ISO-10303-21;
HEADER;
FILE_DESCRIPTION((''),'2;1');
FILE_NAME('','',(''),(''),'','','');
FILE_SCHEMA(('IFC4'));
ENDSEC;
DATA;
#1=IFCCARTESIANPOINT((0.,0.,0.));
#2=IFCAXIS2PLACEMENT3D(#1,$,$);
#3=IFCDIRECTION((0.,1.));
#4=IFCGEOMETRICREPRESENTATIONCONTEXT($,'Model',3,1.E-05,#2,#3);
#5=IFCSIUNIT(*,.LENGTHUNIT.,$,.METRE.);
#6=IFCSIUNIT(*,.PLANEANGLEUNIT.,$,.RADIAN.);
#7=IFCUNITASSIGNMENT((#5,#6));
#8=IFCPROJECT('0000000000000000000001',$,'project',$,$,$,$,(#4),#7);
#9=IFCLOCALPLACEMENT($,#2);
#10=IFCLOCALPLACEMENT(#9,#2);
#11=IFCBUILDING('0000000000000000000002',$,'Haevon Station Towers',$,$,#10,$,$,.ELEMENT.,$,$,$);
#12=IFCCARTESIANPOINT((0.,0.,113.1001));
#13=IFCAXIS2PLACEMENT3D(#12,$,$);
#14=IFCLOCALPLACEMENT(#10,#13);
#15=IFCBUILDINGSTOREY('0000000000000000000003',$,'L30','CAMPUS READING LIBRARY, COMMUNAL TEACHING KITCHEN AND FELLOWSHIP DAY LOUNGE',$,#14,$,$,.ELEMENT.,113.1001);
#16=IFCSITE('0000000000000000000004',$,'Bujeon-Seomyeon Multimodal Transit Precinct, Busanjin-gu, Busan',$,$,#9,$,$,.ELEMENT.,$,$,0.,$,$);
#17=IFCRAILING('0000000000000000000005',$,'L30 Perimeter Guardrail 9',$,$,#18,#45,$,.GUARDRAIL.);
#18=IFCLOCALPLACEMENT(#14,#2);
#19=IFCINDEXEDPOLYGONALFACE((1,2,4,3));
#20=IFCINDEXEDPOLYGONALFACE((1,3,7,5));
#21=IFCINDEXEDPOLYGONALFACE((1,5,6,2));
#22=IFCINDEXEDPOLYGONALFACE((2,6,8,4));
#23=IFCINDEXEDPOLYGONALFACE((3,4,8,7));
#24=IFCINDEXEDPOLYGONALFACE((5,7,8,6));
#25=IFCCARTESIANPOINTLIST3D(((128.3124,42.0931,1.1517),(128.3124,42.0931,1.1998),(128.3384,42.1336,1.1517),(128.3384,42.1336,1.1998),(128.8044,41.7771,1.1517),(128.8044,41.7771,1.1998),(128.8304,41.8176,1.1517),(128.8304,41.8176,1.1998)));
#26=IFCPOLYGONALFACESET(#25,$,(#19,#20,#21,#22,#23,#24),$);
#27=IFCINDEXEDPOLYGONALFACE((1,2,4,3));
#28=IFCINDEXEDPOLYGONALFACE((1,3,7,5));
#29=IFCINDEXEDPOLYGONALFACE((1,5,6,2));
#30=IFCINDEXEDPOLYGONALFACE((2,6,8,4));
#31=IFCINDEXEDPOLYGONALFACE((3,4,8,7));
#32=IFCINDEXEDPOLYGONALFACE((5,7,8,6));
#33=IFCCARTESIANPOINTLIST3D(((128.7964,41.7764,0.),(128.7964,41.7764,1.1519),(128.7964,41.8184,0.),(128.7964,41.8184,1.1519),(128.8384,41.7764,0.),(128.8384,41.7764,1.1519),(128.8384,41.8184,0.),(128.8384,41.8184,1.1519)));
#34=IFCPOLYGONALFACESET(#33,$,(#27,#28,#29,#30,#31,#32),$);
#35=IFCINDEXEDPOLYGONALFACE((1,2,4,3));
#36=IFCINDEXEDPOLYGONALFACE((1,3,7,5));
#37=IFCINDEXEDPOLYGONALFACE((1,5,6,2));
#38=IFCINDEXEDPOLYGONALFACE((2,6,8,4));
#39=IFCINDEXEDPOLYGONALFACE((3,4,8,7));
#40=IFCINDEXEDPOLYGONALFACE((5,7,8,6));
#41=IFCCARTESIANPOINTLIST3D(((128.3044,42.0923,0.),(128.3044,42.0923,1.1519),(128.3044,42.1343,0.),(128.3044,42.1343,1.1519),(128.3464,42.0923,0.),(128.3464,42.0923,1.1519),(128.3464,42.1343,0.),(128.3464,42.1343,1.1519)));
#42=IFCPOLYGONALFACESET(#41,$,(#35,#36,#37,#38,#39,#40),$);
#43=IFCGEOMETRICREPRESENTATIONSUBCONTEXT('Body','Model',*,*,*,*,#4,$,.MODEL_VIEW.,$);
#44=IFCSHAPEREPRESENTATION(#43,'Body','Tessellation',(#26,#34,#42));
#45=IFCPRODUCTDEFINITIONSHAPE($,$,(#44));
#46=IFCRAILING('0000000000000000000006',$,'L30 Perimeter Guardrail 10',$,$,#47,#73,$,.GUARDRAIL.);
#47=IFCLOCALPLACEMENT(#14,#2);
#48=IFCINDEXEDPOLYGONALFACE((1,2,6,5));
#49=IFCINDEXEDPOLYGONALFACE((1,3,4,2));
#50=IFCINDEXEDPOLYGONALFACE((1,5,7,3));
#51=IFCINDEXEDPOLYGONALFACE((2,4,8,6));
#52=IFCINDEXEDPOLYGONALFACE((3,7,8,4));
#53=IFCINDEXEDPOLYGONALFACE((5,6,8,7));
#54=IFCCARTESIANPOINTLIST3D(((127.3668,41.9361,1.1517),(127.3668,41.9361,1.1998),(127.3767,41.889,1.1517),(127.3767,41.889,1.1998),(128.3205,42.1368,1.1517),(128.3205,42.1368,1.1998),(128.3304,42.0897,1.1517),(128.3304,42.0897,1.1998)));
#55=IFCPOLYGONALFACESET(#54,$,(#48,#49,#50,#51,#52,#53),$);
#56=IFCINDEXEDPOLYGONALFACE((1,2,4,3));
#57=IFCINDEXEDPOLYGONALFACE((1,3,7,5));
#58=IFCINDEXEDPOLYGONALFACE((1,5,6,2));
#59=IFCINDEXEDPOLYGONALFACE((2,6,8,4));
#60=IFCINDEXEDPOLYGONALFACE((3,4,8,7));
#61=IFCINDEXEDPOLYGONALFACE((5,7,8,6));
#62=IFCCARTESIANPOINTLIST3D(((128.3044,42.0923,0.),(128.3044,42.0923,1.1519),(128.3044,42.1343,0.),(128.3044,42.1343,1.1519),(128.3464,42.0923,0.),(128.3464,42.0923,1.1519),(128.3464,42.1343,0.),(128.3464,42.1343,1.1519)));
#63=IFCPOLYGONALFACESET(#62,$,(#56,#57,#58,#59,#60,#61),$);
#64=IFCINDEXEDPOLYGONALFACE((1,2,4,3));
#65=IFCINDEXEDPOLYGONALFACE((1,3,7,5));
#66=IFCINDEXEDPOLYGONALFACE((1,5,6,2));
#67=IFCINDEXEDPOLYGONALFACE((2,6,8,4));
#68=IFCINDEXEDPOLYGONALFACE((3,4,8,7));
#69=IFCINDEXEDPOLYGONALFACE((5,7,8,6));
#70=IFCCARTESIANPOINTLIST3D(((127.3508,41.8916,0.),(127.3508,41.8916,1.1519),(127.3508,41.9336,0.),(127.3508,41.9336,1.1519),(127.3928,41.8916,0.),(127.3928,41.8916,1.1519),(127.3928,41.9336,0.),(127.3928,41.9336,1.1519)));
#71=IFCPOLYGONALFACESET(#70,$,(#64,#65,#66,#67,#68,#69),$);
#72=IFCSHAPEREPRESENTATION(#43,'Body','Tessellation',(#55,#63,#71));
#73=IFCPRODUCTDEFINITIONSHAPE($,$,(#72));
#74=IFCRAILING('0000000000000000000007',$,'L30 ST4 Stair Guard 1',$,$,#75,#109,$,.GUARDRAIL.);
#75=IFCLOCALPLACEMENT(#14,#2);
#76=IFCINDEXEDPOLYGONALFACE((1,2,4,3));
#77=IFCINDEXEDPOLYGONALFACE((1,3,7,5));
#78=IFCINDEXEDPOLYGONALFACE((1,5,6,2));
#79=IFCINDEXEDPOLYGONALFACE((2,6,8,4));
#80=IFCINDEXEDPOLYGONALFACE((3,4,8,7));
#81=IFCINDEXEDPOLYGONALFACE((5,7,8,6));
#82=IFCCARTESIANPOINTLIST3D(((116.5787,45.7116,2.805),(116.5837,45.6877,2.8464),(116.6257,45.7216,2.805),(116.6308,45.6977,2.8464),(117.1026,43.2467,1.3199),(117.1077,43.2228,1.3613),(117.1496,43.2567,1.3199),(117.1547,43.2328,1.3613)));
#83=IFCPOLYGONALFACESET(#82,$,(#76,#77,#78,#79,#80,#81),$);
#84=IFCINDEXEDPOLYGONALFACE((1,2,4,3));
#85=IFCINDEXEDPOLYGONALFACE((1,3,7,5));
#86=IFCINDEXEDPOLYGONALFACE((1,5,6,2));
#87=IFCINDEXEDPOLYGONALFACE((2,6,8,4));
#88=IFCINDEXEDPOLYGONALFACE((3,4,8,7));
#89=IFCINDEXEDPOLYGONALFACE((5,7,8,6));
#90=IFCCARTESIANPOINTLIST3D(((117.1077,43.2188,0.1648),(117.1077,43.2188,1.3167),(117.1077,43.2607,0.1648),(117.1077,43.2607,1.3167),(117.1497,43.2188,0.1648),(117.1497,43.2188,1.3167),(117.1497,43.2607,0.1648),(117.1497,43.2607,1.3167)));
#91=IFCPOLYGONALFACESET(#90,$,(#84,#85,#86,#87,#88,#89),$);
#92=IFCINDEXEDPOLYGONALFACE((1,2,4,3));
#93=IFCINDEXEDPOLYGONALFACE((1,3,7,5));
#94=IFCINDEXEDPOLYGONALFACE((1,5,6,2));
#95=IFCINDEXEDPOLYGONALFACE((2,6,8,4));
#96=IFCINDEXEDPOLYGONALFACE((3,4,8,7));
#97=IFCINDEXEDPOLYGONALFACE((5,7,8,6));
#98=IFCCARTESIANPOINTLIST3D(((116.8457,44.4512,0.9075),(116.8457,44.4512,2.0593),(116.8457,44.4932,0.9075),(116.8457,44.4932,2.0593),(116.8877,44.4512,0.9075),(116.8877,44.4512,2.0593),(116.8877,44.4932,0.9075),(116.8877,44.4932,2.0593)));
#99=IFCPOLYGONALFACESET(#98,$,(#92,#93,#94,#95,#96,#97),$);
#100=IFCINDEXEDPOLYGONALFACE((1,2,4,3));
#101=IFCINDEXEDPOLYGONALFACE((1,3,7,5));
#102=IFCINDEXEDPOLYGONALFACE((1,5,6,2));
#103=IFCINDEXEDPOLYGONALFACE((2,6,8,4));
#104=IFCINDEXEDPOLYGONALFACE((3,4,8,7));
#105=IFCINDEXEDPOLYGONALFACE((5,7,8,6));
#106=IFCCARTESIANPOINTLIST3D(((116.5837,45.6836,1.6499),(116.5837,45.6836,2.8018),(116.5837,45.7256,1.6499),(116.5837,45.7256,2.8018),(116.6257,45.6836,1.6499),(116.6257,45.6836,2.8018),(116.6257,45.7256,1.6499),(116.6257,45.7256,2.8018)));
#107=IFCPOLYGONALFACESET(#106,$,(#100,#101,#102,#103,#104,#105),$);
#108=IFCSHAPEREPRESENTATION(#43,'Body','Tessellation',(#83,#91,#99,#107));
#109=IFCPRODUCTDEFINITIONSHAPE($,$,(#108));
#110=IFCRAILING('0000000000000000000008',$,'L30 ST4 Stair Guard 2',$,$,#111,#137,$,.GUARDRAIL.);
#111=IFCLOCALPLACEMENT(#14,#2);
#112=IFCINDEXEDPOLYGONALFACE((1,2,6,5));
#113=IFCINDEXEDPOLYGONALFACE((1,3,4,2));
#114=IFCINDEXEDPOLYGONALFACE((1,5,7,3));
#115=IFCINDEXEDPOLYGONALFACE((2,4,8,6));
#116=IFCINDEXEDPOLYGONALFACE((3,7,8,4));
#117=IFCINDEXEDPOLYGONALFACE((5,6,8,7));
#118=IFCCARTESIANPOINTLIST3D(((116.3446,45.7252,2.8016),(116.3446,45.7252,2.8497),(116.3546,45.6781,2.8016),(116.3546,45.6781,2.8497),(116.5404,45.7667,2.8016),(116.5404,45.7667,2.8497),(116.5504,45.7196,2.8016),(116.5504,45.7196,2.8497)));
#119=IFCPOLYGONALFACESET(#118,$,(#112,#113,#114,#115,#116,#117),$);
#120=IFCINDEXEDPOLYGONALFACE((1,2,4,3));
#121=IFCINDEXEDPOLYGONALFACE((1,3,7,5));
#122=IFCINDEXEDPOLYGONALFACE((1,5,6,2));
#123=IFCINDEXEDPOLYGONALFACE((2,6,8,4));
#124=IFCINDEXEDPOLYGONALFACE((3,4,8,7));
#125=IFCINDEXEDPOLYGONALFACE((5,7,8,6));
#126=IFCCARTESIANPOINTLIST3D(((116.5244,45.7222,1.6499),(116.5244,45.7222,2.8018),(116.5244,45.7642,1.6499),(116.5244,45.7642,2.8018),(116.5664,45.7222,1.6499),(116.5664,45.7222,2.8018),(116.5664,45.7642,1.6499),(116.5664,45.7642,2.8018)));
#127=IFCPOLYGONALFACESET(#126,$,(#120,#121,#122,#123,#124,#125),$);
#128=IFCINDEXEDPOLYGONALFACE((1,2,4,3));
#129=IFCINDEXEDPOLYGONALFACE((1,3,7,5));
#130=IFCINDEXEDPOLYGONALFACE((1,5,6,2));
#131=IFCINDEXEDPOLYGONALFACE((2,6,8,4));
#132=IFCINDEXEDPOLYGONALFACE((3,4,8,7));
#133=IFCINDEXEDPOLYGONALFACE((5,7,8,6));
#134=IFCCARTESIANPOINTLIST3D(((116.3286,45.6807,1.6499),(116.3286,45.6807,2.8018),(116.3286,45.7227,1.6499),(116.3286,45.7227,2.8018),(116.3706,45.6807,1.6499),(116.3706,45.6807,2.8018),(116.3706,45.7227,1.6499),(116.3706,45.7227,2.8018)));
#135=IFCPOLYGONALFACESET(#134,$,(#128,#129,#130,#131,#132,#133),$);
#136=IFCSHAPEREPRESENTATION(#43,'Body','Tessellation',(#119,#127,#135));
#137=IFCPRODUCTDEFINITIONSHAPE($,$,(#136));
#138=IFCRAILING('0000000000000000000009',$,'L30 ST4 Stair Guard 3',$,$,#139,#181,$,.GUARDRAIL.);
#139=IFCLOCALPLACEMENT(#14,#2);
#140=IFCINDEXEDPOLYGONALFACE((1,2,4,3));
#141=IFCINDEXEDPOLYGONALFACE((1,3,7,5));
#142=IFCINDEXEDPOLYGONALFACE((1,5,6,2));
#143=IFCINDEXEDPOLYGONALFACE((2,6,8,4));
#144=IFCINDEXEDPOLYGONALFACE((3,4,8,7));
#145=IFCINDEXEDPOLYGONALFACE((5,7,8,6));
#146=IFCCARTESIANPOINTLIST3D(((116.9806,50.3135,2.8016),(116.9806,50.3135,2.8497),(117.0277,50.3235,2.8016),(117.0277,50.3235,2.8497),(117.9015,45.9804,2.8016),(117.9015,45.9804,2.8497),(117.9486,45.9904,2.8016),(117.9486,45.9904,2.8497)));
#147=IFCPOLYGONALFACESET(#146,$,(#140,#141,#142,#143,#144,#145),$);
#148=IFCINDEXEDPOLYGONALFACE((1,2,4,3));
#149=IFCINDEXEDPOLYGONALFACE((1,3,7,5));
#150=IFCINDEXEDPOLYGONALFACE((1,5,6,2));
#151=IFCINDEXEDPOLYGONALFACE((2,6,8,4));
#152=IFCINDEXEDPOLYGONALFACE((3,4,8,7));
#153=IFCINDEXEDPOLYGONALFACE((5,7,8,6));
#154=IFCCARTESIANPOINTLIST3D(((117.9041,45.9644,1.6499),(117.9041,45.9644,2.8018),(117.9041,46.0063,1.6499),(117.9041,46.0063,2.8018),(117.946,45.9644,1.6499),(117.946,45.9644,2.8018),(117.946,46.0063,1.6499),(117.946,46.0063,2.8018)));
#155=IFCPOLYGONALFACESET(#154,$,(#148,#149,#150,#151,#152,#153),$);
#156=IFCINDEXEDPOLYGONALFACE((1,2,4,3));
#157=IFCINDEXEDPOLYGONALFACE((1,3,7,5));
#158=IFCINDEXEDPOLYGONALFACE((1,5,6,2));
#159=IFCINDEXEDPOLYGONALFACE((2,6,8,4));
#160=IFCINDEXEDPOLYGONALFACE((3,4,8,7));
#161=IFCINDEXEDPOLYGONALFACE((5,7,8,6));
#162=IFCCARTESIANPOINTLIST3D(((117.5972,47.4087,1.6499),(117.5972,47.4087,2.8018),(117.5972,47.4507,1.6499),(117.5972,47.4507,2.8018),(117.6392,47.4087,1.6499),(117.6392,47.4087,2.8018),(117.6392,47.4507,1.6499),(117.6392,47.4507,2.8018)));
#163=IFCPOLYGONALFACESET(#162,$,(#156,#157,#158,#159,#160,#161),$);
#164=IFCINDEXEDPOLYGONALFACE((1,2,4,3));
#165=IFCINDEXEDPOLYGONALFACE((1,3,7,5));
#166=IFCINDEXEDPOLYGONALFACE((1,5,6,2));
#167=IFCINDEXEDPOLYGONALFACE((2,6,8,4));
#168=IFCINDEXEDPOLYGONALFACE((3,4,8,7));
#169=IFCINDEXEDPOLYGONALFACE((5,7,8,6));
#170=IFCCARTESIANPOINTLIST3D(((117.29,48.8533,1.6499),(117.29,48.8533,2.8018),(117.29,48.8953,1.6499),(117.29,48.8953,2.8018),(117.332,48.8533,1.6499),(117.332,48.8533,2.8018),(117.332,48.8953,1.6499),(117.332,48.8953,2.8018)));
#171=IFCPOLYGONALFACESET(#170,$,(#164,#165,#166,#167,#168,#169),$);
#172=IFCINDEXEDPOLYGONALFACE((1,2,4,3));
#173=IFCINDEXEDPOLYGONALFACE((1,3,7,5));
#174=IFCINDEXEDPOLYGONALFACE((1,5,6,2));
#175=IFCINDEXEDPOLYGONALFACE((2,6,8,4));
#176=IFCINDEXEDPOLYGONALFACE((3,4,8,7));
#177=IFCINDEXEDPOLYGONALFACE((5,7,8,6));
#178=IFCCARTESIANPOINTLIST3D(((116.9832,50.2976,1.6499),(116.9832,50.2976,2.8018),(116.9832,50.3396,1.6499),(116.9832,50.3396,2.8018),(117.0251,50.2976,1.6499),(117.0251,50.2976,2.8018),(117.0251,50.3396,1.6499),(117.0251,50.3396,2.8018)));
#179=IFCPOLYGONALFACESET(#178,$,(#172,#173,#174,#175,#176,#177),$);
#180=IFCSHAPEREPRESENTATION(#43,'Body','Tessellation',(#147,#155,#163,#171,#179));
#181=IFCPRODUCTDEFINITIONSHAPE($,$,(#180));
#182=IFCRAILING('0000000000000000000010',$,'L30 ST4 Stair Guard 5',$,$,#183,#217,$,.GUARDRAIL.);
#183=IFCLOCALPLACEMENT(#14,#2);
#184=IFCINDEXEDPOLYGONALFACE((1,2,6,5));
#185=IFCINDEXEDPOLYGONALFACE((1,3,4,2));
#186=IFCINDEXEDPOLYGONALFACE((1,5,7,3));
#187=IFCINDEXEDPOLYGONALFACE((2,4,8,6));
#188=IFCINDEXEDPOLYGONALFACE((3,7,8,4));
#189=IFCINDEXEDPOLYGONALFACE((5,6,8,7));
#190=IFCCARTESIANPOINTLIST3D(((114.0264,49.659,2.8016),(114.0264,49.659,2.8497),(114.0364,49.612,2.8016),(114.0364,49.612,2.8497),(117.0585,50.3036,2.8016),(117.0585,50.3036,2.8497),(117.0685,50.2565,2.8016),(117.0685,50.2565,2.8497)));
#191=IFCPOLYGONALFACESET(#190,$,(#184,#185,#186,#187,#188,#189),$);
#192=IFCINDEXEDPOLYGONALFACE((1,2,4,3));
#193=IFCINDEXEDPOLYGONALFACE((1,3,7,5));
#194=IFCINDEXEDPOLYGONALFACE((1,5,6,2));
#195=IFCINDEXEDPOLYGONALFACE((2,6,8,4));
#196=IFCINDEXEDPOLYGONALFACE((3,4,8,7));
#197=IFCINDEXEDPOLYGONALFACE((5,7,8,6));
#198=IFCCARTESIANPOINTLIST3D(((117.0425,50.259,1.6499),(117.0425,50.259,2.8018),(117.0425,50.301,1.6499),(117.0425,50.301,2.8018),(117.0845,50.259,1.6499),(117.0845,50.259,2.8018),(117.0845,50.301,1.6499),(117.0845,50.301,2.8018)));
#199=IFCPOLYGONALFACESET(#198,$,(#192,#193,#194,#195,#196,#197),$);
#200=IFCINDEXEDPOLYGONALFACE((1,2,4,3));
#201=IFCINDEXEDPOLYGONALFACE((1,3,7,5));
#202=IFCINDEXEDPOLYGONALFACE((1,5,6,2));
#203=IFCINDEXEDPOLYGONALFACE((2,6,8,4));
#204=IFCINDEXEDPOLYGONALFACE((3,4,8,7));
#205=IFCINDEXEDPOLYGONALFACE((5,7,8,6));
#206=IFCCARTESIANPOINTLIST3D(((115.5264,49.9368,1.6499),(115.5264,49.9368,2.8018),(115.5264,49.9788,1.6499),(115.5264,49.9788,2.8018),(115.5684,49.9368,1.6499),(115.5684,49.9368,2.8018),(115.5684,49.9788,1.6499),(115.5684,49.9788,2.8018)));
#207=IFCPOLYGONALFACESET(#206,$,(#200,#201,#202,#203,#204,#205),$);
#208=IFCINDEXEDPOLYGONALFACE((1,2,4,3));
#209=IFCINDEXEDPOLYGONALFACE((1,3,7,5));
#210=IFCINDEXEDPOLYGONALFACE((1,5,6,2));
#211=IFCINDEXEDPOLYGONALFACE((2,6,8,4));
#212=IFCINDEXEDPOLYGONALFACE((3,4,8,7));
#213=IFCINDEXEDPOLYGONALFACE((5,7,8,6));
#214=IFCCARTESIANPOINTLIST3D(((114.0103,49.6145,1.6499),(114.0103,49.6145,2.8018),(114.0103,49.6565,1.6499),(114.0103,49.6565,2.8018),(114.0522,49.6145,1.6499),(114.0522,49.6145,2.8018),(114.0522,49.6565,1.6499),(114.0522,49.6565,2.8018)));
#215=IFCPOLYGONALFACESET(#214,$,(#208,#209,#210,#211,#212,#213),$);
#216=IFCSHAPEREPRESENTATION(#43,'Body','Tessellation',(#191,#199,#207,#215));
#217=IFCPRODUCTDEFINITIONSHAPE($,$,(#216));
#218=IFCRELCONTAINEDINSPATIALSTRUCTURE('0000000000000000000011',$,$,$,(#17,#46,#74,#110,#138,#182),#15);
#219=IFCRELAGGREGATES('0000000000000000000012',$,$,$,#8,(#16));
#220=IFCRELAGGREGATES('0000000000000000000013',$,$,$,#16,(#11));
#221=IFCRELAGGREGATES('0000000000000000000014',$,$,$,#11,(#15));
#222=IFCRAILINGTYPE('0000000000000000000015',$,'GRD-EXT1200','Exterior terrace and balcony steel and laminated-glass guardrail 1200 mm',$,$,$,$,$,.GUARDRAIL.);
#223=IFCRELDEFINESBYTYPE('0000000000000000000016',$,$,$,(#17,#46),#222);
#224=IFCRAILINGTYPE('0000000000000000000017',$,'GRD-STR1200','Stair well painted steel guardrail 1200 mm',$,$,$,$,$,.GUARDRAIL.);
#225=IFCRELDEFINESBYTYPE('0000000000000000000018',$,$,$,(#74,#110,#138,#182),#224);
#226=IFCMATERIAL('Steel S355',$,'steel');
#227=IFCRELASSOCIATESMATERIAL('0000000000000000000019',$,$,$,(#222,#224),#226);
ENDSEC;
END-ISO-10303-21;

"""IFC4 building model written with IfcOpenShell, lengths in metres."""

from ifc_helpers import new_model, si_unit, direction, frame, origin, origin_2d, place, context, subcontext, project, spatial, rectangle, extrude, material, type_object, element, save


model = new_model("IFC4")

# Units and contexts
model_context = context("Model", 3, precision=1e-05, world=origin(), true_north=direction((0.0, 1.0)))
body_context = subcontext(model_context, "Body", "Model", "MODEL_VIEW")
ifc_project = project(units=[si_unit("LENGTHUNIT", "METRE"), si_unit("PLANEANGLEUNIT", "RADIAN")], contexts=[model_context])

# Site, building, storey
site_placement = place(None, origin())
site = spatial("IfcSite", under=ifc_project, at=site_placement, Name="Bujeon-Seomyeon Multimodal Transit Precinct, Busanjin-gu, Busan", CompositionType="ELEMENT", RefElevation=0.0)
building_placement = place(site_placement, origin())
building = spatial("IfcBuilding", under=site, at=building_placement, Name="Haevon Station Towers", CompositionType="ELEMENT")
storey_placement = place(building_placement, frame((0.0, 0.0, 113.1001)))
storey = spatial("IfcBuildingStorey", under=building, at=storey_placement, Name="L30", Description="CAMPUS READING LIBRARY, COMMUNAL TEACHING KITCHEN AND FELLOWSHIP DAY LOUNGE", CompositionType="ELEMENT", Elevation=113.1001)

# Shared definitions
ifc_material_1 = material(Name="Steel S355", Category="steel")

# Railings
railing_type_1 = type_object("IfcRailingType", Name="GRD-EXT1200", Description="Exterior terrace and balcony steel and laminated-glass guardrail 1200 mm", PredefinedType="GUARDRAIL", material=ifc_material_1)
railing_1_placement = place(storey_placement, frame((128.8174, 41.7974, 0.0)))
element("IfcRailing", 1, at=railing_1_placement, inside=storey, type_object=railing_type_1, Name="L30 Perimeter Guardrail 9", PredefinedType="GUARDRAIL", context=body_context, shape_type="SweptSolid", body=[
    extrude(rectangle(XDim=0.0481, YDim=0.0481, at=origin_2d()), frame((0.0, 0.0, 1.1758), z_axis=(-0.841436, 0.540357, 0.0), x_axis=(-0.540357, -0.841436, 0.0)), (0.0, 0.0, 1.0), 0.5847),
    extrude(rectangle(XDim=0.042, YDim=0.042, at=origin_2d()), origin(), (0.0, 0.0, 1.0), 1.1519),
    extrude(rectangle(XDim=0.042, YDim=0.042, at=origin_2d()), frame((-0.4919, 0.3159, 0.0)), (0.0, 0.0, 1.0), 1.1519),
])
railing_2_placement = place(storey_placement, frame((128.3254, 42.1133, 0.0)))
element("IfcRailing", 2, at=railing_2_placement, inside=storey, type_object=railing_type_1, Name="L30 Perimeter Guardrail 10", PredefinedType="GUARDRAIL", context=body_context, shape_type="SweptSolid", body=[
    extrude(rectangle(XDim=0.0481, YDim=0.0481, at=origin_2d()), frame((0.0, 0.0, 1.1758), z_axis=(-0.978566, -0.205935, 0.0), x_axis=(0.205935, -0.978566, 0.0)), (0.0, 0.0, 1.0), 0.9746),
    extrude(rectangle(XDim=0.042, YDim=0.042, at=origin_2d()), origin(), (0.0, 0.0, 1.0), 1.1519),
    extrude(rectangle(XDim=0.042, YDim=0.042, at=origin_2d()), frame((-0.9536, -0.2007, 0.0)), (0.0, 0.0, 1.0), 1.1519),
])
railing_type_2 = type_object("IfcRailingType", Name="GRD-STR1200", Description="Stair well painted steel guardrail 1200 mm", PredefinedType="GUARDRAIL", material=ifc_material_1)
railing_3_placement = place(storey_placement, frame((117.1287, 43.2397, 0.1648)))
element("IfcRailing", 3, at=railing_3_placement, inside=storey, type_object=railing_type_2, Name="L30 ST4 Stair Guard 1", PredefinedType="GUARDRAIL", context=body_context, shape_type="SweptSolid", body=[
    extrude(rectangle(XDim=0.0481, YDim=0.0481, at=origin_2d()), frame((0.0, 0.0, 1.1758), z_axis=(-0.179121, 0.842688, 0.507733), x_axis=(-0.978147, -0.207914, 0.0)), (0.0, 0.0, 1.0), 2.925),
    extrude(rectangle(XDim=0.042, YDim=0.042, at=origin_2d()), origin(), (0.0, 0.0, 1.0), 1.1519),
    extrude(rectangle(XDim=0.042, YDim=0.042, at=origin_2d()), frame((-0.262, 1.2324, 0.7427)), (0.0, 0.0, 1.0), 1.1519),
    extrude(rectangle(XDim=0.042, YDim=0.042, at=origin_2d()), frame((-0.5239, 2.4648, 1.4851)), (0.0, 0.0, 1.0), 1.1519),
])
railing_4_placement = place(storey_placement, frame((116.5454, 45.7432, 1.6499)))
element("IfcRailing", 4, at=railing_4_placement, inside=storey, type_object=railing_type_2, Name="L30 ST4 Stair Guard 2", PredefinedType="GUARDRAIL", context=body_context, shape_type="SweptSolid", body=[
    extrude(rectangle(XDim=0.0481, YDim=0.0481, at=origin_2d()), frame((0.0, 0.0, 1.1758), z_axis=(-0.978264, -0.207363, 0.0), x_axis=(0.207363, -0.978264, 0.0)), (0.0, 0.0, 1.0), 0.2002),
    extrude(rectangle(XDim=0.042, YDim=0.042, at=origin_2d()), origin(), (0.0, 0.0, 1.0), 1.1519),
    extrude(rectangle(XDim=0.042, YDim=0.042, at=origin_2d()), frame((-0.1958, -0.0415, 0.0)), (0.0, 0.0, 1.0), 1.1519),
])
railing_5_placement = place(storey_placement, frame((117.925, 45.9854, 1.6499)))
element("IfcRailing", 5, at=railing_5_placement, inside=storey, type_object=railing_type_2, Name="L30 ST4 Stair Guard 3", PredefinedType="GUARDRAIL", context=body_context, shape_type="SweptSolid", body=[
    extrude(rectangle(XDim=0.0481, YDim=0.0481, at=origin_2d()), frame((0.0, 0.0, 1.1758), z_axis=(-0.207877, 0.978155, 0.0), x_axis=(-0.978155, -0.207877, 0.0)), (0.0, 0.0, 1.0), 4.4299),
    extrude(rectangle(XDim=0.042, YDim=0.042, at=origin_2d()), origin(), (0.0, 0.0, 1.0), 1.1519),
    extrude(rectangle(XDim=0.042, YDim=0.042, at=origin_2d()), frame((-0.3069, 1.4443, 0.0)), (0.0, 0.0, 1.0), 1.1519),
    extrude(rectangle(XDim=0.042, YDim=0.042, at=origin_2d()), frame((-0.614, 2.8889, 0.0)), (0.0, 0.0, 1.0), 1.1519),
    extrude(rectangle(XDim=0.042, YDim=0.042, at=origin_2d()), frame((-0.9209, 4.3333, 0.0)), (0.0, 0.0, 1.0), 1.1519),
])
railing_6_placement = place(storey_placement, frame((117.0635, 50.28, 1.6499)))
element("IfcRailing", 6, at=railing_6_placement, inside=storey, type_object=railing_type_2, Name="L30 ST4 Stair Guard 5", PredefinedType="GUARDRAIL", context=body_context, shape_type="SweptSolid", body=[
    extrude(rectangle(XDim=0.0481, YDim=0.0481, at=origin_2d()), frame((0.0, 0.0, 1.1758), z_axis=(-0.978147, -0.207915, 0.0), x_axis=(0.207915, -0.978147, 0.0)), (0.0, 0.0, 1.0), 3.0999),
    extrude(rectangle(XDim=0.042, YDim=0.042, at=origin_2d()), origin(), (0.0, 0.0, 1.0), 1.1519),
    extrude(rectangle(XDim=0.042, YDim=0.042, at=origin_2d()), frame((-1.5161, -0.3223, 0.0)), (0.0, 0.0, 1.0), 1.1519),
    extrude(rectangle(XDim=0.042, YDim=0.042, at=origin_2d()), frame((-3.0322, -0.6445, 0.0)), (0.0, 0.0, 1.0), 1.1519),
])

save(model, "model.ifc")
